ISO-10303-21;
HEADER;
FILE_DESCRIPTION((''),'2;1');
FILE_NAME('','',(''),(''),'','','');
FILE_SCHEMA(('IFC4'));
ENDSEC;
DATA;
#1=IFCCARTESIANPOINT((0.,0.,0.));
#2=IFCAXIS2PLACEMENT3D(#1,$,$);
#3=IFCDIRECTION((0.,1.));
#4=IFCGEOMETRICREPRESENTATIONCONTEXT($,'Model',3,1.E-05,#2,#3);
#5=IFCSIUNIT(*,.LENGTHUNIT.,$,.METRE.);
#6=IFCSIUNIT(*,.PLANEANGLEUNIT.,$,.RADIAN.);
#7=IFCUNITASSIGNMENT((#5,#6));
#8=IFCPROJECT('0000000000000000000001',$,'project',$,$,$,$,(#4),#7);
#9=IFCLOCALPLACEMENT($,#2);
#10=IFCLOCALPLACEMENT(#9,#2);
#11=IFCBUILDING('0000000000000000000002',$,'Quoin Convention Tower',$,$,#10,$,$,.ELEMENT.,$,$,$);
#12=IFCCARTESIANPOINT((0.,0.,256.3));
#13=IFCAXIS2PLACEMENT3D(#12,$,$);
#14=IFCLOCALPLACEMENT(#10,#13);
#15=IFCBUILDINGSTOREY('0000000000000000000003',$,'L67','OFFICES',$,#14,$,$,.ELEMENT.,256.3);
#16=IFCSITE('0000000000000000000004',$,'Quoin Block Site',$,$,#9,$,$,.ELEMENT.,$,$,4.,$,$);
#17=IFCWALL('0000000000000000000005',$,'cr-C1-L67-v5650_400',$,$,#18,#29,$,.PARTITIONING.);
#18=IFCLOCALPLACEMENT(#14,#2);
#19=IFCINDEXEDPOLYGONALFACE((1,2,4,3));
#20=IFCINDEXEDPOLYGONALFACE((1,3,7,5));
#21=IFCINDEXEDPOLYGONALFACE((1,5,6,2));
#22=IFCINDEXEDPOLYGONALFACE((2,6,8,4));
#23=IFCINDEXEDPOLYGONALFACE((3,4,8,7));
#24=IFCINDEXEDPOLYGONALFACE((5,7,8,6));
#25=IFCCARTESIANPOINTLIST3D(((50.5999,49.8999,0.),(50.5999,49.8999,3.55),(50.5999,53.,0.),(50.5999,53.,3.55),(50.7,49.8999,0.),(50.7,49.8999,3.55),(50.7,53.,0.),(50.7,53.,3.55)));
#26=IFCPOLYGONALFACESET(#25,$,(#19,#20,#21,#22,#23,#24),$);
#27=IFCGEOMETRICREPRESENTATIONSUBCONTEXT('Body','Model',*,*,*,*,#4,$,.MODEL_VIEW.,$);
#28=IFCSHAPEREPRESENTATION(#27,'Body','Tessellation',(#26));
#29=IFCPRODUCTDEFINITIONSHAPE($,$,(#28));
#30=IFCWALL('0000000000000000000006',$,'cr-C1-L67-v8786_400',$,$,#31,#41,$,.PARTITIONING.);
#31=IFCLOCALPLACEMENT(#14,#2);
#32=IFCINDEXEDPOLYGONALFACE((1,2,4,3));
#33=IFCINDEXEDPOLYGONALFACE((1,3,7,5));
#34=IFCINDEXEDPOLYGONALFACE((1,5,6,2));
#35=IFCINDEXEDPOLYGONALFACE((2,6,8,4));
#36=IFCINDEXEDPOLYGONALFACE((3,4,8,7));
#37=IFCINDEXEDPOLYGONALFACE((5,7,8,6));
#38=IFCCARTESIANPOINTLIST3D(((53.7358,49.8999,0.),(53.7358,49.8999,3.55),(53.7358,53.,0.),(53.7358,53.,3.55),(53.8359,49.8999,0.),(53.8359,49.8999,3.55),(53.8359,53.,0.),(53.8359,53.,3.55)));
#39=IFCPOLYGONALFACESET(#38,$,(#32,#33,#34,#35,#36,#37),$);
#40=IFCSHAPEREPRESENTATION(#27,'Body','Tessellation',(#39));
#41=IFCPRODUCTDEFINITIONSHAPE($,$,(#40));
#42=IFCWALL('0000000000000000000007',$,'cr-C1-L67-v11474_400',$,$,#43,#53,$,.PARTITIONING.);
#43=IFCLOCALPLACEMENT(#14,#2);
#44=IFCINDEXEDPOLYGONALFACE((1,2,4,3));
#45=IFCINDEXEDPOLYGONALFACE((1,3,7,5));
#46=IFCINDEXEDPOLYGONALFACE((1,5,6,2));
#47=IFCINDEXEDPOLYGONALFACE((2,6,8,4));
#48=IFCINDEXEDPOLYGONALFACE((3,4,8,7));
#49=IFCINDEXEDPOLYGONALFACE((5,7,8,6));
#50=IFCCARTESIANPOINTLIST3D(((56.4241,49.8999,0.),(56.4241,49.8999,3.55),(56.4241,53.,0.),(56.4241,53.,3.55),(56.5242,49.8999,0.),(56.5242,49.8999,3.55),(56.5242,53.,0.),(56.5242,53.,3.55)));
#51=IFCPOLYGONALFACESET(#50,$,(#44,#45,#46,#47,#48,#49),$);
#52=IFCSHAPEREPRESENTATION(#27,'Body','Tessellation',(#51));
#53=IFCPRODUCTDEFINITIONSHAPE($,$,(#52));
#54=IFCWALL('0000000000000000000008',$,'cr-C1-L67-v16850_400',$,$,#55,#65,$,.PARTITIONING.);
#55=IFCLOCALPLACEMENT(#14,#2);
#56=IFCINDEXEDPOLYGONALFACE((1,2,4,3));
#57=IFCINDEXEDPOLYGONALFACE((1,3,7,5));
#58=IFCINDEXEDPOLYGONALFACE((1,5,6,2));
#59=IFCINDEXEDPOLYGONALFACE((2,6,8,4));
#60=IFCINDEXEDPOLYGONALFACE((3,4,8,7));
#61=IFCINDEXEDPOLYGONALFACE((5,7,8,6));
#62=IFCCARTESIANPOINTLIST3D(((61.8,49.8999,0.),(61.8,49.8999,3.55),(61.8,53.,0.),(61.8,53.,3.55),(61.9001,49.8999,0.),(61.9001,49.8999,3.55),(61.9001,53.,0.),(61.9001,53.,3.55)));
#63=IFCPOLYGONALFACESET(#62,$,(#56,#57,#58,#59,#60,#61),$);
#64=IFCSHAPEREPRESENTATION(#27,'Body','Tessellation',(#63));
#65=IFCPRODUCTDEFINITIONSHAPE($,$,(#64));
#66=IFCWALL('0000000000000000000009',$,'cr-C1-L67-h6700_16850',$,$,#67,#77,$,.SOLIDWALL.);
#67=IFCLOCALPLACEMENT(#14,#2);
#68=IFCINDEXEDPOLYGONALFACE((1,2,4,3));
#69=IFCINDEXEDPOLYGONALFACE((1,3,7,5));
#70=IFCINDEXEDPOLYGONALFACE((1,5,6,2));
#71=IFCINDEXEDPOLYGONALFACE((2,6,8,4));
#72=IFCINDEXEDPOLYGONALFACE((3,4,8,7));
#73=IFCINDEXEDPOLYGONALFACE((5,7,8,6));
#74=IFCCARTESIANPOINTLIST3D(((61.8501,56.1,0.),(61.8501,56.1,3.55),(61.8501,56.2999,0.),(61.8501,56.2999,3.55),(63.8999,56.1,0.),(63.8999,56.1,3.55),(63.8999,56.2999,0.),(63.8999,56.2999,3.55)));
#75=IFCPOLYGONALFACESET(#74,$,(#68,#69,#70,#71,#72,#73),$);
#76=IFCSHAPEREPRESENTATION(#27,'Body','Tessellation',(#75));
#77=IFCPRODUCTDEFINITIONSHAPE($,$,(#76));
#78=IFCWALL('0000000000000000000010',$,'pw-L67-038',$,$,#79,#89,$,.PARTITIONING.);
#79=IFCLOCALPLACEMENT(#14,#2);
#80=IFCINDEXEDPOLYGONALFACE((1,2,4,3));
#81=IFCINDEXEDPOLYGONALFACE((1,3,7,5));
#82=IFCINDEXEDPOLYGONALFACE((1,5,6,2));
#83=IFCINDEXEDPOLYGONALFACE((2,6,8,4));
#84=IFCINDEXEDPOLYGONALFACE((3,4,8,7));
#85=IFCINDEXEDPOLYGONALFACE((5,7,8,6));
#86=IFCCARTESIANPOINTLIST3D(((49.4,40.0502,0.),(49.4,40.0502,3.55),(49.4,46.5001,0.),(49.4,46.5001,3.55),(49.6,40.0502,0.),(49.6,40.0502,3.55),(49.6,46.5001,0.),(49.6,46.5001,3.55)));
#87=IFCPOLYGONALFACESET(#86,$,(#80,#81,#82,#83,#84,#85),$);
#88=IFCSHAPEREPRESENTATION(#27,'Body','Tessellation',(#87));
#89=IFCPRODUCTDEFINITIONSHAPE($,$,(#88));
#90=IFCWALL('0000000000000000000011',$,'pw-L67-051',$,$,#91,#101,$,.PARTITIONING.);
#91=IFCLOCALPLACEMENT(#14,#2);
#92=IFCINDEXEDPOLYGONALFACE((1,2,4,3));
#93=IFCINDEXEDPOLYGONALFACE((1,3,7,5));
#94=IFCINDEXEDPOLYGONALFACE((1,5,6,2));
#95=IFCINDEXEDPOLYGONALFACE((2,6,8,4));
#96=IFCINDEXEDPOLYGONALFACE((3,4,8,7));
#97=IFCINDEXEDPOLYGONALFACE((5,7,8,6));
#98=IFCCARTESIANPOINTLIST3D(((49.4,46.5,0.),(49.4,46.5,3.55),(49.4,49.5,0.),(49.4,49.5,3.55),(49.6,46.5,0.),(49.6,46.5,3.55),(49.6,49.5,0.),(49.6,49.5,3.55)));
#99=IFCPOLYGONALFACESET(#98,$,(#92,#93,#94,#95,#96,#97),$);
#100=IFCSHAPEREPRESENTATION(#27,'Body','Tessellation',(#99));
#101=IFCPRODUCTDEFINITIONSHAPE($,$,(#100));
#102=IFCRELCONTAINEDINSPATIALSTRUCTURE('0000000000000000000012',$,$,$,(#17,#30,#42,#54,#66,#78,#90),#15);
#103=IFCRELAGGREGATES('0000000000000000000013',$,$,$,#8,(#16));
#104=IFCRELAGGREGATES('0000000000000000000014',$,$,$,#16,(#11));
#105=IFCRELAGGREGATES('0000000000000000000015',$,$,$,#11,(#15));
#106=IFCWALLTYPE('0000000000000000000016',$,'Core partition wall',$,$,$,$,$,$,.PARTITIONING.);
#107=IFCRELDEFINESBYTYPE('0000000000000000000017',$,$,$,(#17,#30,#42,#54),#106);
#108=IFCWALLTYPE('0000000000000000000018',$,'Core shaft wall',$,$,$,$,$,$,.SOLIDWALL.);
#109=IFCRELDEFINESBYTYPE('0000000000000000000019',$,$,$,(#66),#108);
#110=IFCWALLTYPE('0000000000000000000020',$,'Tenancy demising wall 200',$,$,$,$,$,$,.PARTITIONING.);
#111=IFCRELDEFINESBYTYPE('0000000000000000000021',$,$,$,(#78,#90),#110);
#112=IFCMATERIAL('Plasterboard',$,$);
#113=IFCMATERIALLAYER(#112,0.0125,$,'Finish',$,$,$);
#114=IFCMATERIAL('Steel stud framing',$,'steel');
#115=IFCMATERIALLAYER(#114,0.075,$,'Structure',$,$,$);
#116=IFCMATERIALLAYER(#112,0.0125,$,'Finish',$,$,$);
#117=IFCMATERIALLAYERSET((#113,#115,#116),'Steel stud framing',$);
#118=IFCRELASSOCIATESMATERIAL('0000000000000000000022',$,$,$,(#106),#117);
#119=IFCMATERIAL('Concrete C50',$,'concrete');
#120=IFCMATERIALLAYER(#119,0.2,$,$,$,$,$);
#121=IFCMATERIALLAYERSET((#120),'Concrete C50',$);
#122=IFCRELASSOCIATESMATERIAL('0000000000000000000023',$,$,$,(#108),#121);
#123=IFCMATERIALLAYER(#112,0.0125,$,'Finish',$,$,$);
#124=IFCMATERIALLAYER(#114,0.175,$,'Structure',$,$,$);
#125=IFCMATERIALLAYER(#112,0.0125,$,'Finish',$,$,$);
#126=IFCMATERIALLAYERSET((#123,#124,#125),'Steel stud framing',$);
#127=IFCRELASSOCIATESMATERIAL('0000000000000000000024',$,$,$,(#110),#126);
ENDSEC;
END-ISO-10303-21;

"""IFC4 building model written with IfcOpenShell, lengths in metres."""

from ifc_helpers import new_model, si_unit, direction, frame, frame_2d, origin, place, context, subcontext, project, spatial, rectangle, extrude, material, layer, layer_set, type_object, element, save


model = new_model("IFC4")

# Units and contexts
model_context = context("Model", 3, precision=1e-05, world=origin(), true_north=direction((0.0, 1.0)))
body_context = subcontext(model_context, "Body", "Model", "MODEL_VIEW")
ifc_project = project(units=[si_unit("LENGTHUNIT", "METRE"), si_unit("PLANEANGLEUNIT", "RADIAN")], contexts=[model_context])

# Site, building, storey
site_placement = place(None, origin())
site = spatial("IfcSite", under=ifc_project, at=site_placement, Name="Quoin Block Site", CompositionType="ELEMENT", RefElevation=4.0)
building_placement = place(site_placement, origin())
building = spatial("IfcBuilding", under=site, at=building_placement, Name="Quoin Convention Tower", CompositionType="ELEMENT")
storey_placement = place(building_placement, frame((0.0, 0.0, 256.3)))
storey = spatial("IfcBuildingStorey", under=building, at=storey_placement, Name="L67", Description="OFFICES", CompositionType="ELEMENT", Elevation=256.3)

# Shared definitions
ifc_material_1 = material(Name="Concrete C50", Category="concrete")

# Shared definitions
ifc_material_2 = material(Name="Plasterboard")
ifc_material_3 = material(Name="Steel stud framing", Category="steel")

# Walls
ifc_layer_1 = layer(ifc_material_2, 0.0125, Name="Finish")
ifc_layer_2 = layer(ifc_material_3, 0.075, Name="Structure")
ifc_layer_3 = layer(ifc_material_2, 0.0125, Name="Finish")
ifc_layer_set_1 = layer_set([ifc_layer_1, ifc_layer_2, ifc_layer_3], Name="Steel stud framing")
wall_type_1 = type_object("IfcWallType", Name="Core partition wall", PredefinedType="PARTITIONING", material=ifc_layer_set_1)
for number, where, z_axis, x_axis, name in (
    (1, (50.6499, 49.8999, 0.0), (0.0, 0.0, 1.0), (0.0, 1.0, 0.0), "cr-C1-L67-v5650_400"),
    (2, (53.7859, 49.8999, 0.0), (0.0, 0.0, 1.0), (0.0, 1.0, 0.0), "cr-C1-L67-v8786_400"),
    (3, (56.4741, 49.8999, 0.0), (0.0, 0.0, 1.0), (0.0, 1.0, 0.0), "cr-C1-L67-v11474_400"),
    (4, (61.8501, 49.8999, 0.0), (0.0, 0.0, 1.0), (0.0, 1.0, 0.0), "cr-C1-L67-v16850_400"),
):
    element("IfcWall", number, at=place(storey_placement, frame(where, z_axis=z_axis, x_axis=x_axis)), inside=storey, type_object=wall_type_1, Name=name, PredefinedType="PARTITIONING", context=body_context, shape_type="SweptSolid", body=[
        extrude(rectangle(XDim=3.1001, YDim=0.1001, at=frame_2d((1.55, 0.0))), origin(), (0.0, 0.0, 1.0), 3.55),
    ])
ifc_layer_4 = layer(ifc_material_1, 0.2)
ifc_layer_set_2 = layer_set([ifc_layer_4], Name="Concrete C50")
wall_type_2 = type_object("IfcWallType", Name="Core shaft wall", PredefinedType="SOLIDWALL", material=ifc_layer_set_2)
wall_1_placement = place(storey_placement, frame((61.8501, 56.2, 0.0), z_axis=(0.0, 0.0, 1.0), x_axis=(1.0, 0.0, 0.0)))
element("IfcWall", 5, at=wall_1_placement, inside=storey, type_object=wall_type_2, Name="cr-C1-L67-h6700_16850", PredefinedType="SOLIDWALL", context=body_context, shape_type="SweptSolid", body=[
    extrude(rectangle(XDim=2.0498, YDim=0.2, at=frame_2d((1.0249, 0.0))), origin(), (0.0, 0.0, 1.0), 3.55),
])
ifc_layer_5 = layer(ifc_material_2, 0.0125, Name="Finish")
ifc_layer_6 = layer(ifc_material_3, 0.175, Name="Structure")
ifc_layer_7 = layer(ifc_material_2, 0.0125, Name="Finish")
ifc_layer_set_3 = layer_set([ifc_layer_5, ifc_layer_6, ifc_layer_7], Name="Steel stud framing")
wall_type_3 = type_object("IfcWallType", Name="Tenancy demising wall 200", PredefinedType="PARTITIONING", material=ifc_layer_set_3)
wall_2_placement = place(storey_placement, frame((49.5, 40.05, 0.0), z_axis=(0.0, 0.0, 1.0), x_axis=(0.0, 1.0, 0.0)))
element("IfcWall", 6, at=wall_2_placement, inside=storey, type_object=wall_type_3, Name="pw-L67-038", PredefinedType="PARTITIONING", context=body_context, shape_type="SweptSolid", body=[
    extrude(rectangle(XDim=6.45, YDim=0.2, at=frame_2d((3.2251, 0.0))), origin(), (0.0, 0.0, 1.0), 3.55),
])
wall_3_placement = place(storey_placement, frame((49.5, 46.5, 0.0), z_axis=(0.0, 0.0, 1.0), x_axis=(0.0, 1.0, 0.0)))
element("IfcWall", 7, at=wall_3_placement, inside=storey, type_object=wall_type_3, Name="pw-L67-051", PredefinedType="PARTITIONING", context=body_context, shape_type="SweptSolid", body=[
    extrude(rectangle(XDim=3.0, YDim=0.2, at=frame_2d((1.5, 0.0))), origin(), (0.0, 0.0, 1.0), 3.55),
])

save(model, "model.ifc")
